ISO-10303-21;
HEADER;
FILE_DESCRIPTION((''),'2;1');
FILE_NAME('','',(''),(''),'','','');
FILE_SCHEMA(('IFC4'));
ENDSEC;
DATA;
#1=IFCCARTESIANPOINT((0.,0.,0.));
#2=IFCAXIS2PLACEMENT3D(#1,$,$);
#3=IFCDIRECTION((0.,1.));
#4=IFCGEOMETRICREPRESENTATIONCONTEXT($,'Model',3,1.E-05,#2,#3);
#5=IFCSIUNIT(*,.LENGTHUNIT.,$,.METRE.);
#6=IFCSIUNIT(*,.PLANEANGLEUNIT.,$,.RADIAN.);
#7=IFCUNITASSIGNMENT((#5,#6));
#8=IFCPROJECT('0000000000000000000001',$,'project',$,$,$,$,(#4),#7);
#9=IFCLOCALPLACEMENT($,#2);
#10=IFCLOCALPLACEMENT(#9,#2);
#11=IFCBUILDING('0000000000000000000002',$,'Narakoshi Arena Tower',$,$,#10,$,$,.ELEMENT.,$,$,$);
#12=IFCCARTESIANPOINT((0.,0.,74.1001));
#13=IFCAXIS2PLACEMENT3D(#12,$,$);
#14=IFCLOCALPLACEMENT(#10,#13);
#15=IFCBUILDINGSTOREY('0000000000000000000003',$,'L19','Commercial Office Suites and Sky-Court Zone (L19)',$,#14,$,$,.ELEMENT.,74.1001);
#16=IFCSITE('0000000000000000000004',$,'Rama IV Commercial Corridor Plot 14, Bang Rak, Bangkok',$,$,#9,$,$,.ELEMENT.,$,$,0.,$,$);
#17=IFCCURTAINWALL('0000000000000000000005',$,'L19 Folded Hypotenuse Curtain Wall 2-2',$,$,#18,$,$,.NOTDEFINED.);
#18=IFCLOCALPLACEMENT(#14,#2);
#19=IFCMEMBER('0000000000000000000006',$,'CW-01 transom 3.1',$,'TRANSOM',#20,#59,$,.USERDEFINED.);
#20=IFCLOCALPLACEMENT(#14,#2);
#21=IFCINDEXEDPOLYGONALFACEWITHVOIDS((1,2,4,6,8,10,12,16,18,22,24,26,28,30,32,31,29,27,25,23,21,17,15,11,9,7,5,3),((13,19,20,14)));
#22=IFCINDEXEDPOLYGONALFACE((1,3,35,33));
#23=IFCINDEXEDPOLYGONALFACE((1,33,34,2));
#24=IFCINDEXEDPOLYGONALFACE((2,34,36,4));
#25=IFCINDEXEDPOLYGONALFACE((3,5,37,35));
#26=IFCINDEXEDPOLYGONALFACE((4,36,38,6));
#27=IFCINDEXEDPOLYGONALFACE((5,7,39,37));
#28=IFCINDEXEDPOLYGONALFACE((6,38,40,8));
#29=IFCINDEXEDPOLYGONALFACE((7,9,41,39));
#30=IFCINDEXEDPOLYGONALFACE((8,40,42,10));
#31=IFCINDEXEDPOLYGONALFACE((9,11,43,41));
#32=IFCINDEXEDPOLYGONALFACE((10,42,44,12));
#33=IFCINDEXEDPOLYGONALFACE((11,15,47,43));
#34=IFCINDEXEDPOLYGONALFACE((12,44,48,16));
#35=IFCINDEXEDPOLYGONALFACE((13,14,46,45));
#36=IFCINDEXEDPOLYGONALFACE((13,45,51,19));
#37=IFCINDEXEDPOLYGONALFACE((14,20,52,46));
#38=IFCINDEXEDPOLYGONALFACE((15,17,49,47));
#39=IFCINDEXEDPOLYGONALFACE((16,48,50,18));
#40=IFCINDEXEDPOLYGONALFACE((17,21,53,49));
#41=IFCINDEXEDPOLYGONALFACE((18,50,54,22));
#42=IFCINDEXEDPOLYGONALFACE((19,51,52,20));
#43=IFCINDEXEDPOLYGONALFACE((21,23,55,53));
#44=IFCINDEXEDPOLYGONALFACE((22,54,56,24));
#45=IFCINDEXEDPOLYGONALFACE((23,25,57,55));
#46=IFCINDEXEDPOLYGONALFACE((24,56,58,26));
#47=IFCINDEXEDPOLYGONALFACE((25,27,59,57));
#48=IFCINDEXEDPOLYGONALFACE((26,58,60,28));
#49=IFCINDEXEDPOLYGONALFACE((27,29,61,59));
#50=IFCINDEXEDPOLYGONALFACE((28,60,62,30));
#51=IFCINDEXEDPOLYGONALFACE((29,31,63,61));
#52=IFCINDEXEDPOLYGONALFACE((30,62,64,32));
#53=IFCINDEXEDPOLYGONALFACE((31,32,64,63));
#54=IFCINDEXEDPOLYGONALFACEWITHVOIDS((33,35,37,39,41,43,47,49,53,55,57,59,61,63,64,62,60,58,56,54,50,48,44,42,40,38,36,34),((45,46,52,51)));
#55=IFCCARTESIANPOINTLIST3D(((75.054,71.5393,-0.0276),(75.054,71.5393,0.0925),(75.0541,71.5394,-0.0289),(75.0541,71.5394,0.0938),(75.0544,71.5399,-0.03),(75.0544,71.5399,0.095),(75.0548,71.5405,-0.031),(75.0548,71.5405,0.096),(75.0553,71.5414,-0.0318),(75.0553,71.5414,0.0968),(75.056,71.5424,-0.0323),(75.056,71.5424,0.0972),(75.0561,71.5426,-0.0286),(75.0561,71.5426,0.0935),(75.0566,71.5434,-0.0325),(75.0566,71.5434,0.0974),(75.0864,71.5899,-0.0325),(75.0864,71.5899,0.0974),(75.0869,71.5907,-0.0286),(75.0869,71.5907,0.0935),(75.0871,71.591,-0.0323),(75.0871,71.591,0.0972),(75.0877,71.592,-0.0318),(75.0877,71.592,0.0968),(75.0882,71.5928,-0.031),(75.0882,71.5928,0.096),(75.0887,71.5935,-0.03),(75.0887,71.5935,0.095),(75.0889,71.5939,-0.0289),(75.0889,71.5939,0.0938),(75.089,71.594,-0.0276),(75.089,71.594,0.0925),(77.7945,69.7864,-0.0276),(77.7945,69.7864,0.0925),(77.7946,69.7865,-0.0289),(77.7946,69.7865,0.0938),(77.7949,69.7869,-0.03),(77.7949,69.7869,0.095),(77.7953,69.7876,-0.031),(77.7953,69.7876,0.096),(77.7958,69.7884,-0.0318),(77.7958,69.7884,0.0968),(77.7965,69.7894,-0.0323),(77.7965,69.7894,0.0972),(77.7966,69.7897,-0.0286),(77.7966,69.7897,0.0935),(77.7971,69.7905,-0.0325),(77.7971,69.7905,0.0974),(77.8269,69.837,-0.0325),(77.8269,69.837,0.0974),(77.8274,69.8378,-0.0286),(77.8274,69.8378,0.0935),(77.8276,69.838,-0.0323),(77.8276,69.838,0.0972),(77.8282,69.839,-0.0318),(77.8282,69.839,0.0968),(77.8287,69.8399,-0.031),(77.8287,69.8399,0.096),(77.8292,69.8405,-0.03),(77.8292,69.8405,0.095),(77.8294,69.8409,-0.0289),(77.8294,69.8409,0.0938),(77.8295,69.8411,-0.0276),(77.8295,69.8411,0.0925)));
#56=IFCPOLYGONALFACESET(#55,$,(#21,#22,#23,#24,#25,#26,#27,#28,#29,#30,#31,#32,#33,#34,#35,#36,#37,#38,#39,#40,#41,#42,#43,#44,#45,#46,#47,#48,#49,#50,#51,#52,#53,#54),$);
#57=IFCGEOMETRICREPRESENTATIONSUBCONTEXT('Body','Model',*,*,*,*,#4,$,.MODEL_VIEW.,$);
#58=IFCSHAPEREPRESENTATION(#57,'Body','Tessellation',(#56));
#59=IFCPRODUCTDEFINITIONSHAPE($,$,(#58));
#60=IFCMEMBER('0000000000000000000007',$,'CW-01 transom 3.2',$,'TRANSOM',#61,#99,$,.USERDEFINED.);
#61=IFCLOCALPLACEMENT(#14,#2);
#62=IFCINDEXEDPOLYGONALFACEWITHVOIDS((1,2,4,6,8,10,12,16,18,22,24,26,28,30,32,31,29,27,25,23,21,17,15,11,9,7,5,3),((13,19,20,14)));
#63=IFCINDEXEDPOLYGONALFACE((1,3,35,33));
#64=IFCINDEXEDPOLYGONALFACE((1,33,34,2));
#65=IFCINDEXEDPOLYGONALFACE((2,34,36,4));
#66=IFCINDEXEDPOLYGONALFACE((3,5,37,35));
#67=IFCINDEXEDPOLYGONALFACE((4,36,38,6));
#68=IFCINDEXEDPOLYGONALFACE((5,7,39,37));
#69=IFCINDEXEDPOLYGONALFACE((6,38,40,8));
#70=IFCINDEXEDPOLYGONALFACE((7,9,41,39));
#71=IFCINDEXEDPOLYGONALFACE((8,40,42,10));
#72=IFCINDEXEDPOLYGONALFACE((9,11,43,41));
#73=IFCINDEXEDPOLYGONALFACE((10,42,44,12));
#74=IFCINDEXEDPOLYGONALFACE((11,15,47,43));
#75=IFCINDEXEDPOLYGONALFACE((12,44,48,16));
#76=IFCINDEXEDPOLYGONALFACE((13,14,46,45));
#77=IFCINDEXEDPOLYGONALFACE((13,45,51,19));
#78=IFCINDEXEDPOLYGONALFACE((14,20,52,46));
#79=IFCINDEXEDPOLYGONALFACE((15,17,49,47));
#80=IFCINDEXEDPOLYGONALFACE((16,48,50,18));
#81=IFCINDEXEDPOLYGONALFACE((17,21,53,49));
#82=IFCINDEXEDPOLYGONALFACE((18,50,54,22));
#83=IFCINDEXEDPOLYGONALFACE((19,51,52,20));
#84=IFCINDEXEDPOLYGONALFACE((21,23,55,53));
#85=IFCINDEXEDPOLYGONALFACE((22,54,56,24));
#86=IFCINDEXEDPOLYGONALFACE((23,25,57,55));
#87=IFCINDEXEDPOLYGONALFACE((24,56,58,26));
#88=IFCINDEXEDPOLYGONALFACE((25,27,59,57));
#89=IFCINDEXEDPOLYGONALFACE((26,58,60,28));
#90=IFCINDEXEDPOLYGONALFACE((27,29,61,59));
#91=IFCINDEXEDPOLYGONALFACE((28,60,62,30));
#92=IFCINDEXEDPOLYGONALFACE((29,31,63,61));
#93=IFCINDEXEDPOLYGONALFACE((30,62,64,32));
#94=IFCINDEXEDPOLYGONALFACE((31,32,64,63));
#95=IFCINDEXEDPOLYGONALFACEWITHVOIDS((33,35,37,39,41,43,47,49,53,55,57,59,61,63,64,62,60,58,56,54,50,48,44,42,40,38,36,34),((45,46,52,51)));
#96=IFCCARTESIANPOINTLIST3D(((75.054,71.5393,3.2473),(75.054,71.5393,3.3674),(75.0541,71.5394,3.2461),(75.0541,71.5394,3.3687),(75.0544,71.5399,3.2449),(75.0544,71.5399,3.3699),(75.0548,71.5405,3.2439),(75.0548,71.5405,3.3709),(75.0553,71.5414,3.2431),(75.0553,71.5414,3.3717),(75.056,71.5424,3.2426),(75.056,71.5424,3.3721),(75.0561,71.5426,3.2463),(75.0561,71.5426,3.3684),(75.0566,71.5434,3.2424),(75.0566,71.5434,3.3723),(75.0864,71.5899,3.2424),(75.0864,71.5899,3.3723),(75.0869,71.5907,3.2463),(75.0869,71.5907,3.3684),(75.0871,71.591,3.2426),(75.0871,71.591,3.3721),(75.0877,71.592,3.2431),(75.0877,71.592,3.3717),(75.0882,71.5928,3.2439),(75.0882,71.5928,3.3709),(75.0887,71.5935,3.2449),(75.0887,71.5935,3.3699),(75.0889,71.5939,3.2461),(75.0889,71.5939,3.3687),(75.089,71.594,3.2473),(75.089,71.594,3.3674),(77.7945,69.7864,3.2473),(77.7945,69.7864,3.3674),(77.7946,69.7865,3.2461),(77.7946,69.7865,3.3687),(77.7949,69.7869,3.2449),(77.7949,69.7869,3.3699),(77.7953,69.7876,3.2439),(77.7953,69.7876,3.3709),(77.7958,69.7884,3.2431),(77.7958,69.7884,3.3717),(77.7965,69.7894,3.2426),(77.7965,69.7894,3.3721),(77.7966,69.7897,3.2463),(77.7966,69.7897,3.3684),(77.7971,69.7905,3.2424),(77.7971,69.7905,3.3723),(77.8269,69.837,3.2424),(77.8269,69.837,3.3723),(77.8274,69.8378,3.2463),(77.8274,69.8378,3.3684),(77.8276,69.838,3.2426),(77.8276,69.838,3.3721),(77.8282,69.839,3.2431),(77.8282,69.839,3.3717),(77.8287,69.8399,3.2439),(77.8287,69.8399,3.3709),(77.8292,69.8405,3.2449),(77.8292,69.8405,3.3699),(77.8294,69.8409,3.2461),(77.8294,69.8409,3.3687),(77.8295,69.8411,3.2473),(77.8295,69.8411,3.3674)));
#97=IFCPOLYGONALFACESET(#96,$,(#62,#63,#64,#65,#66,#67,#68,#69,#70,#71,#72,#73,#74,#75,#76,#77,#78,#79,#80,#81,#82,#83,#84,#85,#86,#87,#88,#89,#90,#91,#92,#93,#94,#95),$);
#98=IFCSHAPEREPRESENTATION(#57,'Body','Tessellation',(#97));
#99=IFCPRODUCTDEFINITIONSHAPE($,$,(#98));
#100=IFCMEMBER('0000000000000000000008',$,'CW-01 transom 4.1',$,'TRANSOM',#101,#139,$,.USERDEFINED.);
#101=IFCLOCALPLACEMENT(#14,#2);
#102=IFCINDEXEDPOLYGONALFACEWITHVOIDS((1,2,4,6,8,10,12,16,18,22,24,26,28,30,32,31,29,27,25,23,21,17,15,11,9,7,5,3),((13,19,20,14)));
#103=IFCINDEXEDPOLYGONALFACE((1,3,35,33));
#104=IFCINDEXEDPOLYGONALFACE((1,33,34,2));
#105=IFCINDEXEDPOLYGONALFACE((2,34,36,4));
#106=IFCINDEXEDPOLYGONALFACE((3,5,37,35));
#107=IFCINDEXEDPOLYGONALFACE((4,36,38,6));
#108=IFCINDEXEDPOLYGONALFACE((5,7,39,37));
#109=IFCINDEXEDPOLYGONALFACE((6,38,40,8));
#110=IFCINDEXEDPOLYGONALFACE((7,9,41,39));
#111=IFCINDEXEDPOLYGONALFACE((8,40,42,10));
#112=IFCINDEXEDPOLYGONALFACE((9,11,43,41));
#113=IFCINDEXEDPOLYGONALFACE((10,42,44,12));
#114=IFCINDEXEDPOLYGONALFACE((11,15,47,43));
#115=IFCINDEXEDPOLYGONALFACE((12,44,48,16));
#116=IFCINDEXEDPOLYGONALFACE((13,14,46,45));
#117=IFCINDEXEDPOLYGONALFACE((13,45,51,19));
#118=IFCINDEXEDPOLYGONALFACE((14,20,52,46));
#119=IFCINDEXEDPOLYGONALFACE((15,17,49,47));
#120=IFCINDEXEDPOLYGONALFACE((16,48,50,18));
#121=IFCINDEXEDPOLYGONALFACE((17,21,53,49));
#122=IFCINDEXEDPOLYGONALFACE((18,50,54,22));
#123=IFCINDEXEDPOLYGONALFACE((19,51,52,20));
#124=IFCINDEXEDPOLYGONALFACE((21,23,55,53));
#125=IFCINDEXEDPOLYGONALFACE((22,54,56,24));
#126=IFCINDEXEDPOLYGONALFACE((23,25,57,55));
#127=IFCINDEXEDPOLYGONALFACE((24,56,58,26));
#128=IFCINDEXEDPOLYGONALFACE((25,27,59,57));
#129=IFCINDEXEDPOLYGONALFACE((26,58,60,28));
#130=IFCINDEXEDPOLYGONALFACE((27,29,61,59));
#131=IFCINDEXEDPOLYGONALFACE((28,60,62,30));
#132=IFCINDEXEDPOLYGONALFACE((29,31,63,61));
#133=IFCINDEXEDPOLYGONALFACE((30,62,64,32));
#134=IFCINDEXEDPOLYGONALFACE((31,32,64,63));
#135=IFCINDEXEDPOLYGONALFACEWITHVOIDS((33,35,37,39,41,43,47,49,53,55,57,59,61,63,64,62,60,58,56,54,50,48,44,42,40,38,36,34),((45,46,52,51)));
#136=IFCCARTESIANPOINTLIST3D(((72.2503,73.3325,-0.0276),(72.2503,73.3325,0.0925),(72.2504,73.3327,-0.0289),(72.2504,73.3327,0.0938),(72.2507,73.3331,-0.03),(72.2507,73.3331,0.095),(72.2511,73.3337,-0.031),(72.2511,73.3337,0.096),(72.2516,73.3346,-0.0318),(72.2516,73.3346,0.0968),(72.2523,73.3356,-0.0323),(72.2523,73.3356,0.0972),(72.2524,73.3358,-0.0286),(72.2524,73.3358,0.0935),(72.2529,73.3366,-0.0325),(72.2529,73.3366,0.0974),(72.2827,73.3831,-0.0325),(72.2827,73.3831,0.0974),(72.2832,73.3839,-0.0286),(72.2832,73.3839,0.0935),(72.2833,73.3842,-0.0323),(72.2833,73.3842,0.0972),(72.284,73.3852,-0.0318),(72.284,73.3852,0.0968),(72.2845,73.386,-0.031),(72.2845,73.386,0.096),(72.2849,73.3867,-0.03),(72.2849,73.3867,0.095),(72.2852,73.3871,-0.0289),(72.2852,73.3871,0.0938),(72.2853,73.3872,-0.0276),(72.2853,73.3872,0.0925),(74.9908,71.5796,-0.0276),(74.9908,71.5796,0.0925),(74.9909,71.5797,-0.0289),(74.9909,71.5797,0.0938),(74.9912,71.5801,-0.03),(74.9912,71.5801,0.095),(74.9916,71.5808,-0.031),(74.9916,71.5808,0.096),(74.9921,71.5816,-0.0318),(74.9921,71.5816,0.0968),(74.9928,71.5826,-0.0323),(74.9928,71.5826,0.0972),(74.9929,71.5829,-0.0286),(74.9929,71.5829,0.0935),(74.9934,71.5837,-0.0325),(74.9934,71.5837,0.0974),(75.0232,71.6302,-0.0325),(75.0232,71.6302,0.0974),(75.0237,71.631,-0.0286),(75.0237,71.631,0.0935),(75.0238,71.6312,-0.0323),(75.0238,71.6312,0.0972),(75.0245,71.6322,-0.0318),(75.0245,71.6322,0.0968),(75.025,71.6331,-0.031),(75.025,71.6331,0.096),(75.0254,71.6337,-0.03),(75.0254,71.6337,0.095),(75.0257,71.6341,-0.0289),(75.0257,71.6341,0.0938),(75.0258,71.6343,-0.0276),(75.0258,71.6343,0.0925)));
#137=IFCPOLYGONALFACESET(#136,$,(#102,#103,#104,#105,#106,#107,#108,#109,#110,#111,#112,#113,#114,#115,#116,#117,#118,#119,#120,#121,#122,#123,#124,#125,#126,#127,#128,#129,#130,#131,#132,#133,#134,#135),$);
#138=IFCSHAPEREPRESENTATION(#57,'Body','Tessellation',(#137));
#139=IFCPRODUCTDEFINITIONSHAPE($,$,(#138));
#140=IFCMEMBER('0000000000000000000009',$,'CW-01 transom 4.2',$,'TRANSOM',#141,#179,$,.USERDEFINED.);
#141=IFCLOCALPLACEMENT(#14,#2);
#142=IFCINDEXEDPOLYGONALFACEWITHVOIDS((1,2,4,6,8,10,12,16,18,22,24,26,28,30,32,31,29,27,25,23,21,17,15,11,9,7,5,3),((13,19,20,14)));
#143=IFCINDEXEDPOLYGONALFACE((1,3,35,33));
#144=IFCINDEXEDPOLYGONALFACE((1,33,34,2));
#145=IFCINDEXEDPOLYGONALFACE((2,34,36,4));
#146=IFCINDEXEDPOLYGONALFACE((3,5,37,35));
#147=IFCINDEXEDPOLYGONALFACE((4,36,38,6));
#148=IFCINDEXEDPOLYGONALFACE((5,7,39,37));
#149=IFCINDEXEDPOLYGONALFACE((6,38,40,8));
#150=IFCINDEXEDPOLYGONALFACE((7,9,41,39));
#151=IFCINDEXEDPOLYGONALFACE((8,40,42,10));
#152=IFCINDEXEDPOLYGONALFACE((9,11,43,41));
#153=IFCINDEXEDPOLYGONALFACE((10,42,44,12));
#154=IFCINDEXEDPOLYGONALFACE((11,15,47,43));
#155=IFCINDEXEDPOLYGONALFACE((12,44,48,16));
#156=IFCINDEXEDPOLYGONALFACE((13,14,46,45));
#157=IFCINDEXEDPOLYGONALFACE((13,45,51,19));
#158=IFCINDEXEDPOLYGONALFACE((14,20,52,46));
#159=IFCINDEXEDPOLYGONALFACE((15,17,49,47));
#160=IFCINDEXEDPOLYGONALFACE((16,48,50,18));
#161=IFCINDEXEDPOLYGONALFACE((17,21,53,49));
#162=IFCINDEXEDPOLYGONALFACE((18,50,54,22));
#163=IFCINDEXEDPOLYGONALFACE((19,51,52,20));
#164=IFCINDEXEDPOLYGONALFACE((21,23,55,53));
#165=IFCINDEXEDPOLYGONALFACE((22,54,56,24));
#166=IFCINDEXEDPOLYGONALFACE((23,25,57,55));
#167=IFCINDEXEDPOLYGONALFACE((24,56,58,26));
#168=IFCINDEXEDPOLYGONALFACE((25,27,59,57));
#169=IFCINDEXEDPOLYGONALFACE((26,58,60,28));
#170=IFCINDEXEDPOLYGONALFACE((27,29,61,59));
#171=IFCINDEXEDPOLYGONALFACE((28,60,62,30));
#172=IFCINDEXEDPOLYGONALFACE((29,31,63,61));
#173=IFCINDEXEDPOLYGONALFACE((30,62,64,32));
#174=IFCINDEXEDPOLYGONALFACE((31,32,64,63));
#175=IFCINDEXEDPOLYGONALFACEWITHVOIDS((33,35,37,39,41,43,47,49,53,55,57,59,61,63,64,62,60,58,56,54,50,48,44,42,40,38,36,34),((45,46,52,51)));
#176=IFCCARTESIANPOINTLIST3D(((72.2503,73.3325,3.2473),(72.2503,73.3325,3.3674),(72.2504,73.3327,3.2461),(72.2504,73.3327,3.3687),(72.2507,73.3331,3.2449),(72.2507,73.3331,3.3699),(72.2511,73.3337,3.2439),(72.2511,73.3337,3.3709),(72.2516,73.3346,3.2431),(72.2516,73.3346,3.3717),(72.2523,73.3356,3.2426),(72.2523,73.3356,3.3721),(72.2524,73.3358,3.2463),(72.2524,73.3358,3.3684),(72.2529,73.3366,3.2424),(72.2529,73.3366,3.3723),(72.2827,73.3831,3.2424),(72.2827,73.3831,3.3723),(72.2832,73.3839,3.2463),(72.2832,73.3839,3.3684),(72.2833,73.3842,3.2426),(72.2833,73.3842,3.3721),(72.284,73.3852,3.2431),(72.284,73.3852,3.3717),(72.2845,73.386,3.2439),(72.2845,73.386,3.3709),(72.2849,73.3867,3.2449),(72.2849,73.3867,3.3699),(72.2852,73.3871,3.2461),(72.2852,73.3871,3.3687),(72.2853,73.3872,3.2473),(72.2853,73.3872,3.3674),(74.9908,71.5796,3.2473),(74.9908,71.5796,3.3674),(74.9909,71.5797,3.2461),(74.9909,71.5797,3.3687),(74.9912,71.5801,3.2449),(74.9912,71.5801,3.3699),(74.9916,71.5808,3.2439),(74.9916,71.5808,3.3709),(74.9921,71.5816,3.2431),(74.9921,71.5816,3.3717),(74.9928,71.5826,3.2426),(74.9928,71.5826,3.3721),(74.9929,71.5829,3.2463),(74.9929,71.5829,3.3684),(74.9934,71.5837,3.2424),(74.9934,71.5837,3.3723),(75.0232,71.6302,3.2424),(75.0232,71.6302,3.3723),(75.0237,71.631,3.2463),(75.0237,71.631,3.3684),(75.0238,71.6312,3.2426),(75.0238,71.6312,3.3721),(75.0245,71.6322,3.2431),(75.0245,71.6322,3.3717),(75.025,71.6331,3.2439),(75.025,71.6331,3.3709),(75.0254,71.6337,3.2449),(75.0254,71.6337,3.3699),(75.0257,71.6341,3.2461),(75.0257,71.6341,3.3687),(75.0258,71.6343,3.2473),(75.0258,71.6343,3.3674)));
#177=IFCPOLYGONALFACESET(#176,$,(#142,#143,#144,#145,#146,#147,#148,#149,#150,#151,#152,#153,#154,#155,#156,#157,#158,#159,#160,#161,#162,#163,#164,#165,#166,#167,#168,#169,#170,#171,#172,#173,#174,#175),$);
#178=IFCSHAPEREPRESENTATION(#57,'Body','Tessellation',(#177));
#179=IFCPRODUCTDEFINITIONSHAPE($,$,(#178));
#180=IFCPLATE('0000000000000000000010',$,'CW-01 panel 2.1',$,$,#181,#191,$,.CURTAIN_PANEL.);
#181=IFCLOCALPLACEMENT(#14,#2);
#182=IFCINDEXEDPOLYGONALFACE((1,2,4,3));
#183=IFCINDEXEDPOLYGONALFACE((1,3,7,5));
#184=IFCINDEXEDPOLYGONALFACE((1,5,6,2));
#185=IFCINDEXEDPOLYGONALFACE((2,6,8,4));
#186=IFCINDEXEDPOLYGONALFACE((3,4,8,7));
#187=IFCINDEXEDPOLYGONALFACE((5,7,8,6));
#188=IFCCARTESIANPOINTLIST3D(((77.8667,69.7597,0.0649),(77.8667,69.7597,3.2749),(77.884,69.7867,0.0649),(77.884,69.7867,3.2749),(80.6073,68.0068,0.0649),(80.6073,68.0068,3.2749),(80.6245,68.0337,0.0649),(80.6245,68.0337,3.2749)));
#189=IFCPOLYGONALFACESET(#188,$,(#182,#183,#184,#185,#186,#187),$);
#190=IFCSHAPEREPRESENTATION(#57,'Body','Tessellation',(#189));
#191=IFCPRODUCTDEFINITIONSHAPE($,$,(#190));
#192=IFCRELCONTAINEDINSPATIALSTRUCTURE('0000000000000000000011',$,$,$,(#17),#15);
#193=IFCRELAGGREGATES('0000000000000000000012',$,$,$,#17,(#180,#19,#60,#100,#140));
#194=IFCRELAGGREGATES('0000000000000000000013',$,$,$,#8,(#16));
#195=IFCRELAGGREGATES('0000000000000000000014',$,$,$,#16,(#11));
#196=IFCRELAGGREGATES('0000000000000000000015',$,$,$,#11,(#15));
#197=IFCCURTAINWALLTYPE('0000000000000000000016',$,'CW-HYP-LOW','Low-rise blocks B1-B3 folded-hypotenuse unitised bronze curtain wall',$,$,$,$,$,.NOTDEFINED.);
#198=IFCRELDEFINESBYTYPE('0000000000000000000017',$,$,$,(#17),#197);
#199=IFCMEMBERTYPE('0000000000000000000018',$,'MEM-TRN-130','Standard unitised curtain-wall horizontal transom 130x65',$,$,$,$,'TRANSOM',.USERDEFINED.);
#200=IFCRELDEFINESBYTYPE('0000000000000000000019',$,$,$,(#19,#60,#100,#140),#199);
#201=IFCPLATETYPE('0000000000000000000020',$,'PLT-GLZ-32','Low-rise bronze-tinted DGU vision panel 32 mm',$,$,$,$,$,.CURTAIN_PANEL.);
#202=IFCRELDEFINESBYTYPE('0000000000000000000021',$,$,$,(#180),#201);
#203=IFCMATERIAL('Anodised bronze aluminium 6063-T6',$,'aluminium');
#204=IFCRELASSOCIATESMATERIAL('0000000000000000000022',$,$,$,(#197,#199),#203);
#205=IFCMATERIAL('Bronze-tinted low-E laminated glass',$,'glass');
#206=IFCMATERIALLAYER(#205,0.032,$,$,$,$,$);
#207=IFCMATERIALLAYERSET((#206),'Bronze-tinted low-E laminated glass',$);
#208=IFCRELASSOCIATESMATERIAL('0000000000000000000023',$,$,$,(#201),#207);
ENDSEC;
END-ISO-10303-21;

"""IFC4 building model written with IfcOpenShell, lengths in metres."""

from ifc_helpers import new_model, si_unit, direction, frame, origin, origin_2d, place, context, subcontext, project, spatial, rectangle, hollow_rectangle, extrude, material, layer, layer_set, material_profile, profile_set, type_object, element, aggregate, save


model = new_model("IFC4")

# Units and contexts
model_context = context("Model", 3, precision=1e-05, world=origin(), true_north=direction((0.0, 1.0)))
body_context = subcontext(model_context, "Body", "Model", "MODEL_VIEW")
ifc_project = project(units=[si_unit("LENGTHUNIT", "METRE"), si_unit("PLANEANGLEUNIT", "RADIAN")], contexts=[model_context])

# Site, building, storey
site_placement = place(None, origin())
site = spatial("IfcSite", under=ifc_project, at=site_placement, Name="Rama IV Commercial Corridor Plot 14, Bang Rak, Bangkok", CompositionType="ELEMENT", RefElevation=0.0)
building_placement = place(site_placement, origin())
building = spatial("IfcBuilding", under=site, at=building_placement, Name="Narakoshi Arena Tower", CompositionType="ELEMENT")
storey_placement = place(building_placement, frame((0.0, 0.0, 74.1001)))
storey = spatial("IfcBuildingStorey", under=building, at=storey_placement, Name="L19", Description="Commercial Office Suites and Sky-Court Zone (L19)", CompositionType="ELEMENT", Elevation=74.1001)

# Curtain wall, members, plate
ifc_material_1 = material(Name="Anodised bronze aluminium 6063-T6", Category="aluminium")
curtain_wall_type = type_object("IfcCurtainWallType", Name="CW-HYP-LOW", Description="Low-rise blocks B1-B3 folded-hypotenuse unitised bronze curtain wall", PredefinedType="NOTDEFINED", material=ifc_material_1)
curtain_wall_placement = place(storey_placement, origin())
curtain_wall = element("IfcCurtainWall", 1, at=curtain_wall_placement, inside=storey, type_object=curtain_wall_type, Name="L19 Folded Hypotenuse Curtain Wall 2-2", PredefinedType="NOTDEFINED")
ifc_material_profile_1 = material_profile(ifc_material_1, hollow_rectangle(XDim=0.0649, YDim=0.1299, WallThickness=0.0039, OuterFilletRadius=0.0049, at=origin_2d()), Name="TRN130x65x4")
ifc_profile_set_1 = profile_set([ifc_material_profile_1], Name="Anodised bronze aluminium 6063-T6")
member_type_1 = type_object("IfcMemberType", Name="MEM-TRN-130", Description="Standard unitised curtain-wall horizontal transom 130x65", ElementType="TRANSOM", PredefinedType="USERDEFINED", material=ifc_profile_set_1)
member_1_placement = place(storey_placement, frame((77.812, 69.8137, 0.0325), z_axis=(-0.842408, 0.538841, 0.0), x_axis=(-0.538841, -0.842408, 0.0)))
member_1 = element("IfcMember", 2, at=member_1_placement, type_object=member_type_1, Name="CW-01 transom 3.1", ObjectType="TRANSOM", PredefinedType="USERDEFINED", context=body_context, shape_type="SweptSolid", body=[
    extrude(hollow_rectangle(XDim=0.0649, YDim=0.1299, WallThickness=0.0039, OuterFilletRadius=0.0049, at=origin_2d()), origin(), (0.0, 0.0, 1.0), 3.2532),
])
member_2_placement = place(storey_placement, frame((77.812, 69.8137, 3.3074), z_axis=(-0.842408, 0.538841, 0.0), x_axis=(-0.538841, -0.842408, 0.0)))
member_2 = element("IfcMember", 3, at=member_2_placement, type_object=member_type_1, Name="CW-01 transom 3.2", ObjectType="TRANSOM", PredefinedType="USERDEFINED", context=body_context, shape_type="SweptSolid", body=[
    extrude(hollow_rectangle(XDim=0.0649, YDim=0.1299, WallThickness=0.0039, OuterFilletRadius=0.0049, at=origin_2d()), origin(), (0.0, 0.0, 1.0), 3.2532),
])
member_3_placement = place(storey_placement, frame((75.0083, 71.6069, 0.0325), z_axis=(-0.842408, 0.538841, 0.0), x_axis=(-0.538841, -0.842408, 0.0)))
member_3 = element("IfcMember", 4, at=member_3_placement, type_object=member_type_1, Name="CW-01 transom 4.1", ObjectType="TRANSOM", PredefinedType="USERDEFINED", context=body_context, shape_type="SweptSolid", body=[
    extrude(hollow_rectangle(XDim=0.0649, YDim=0.1299, WallThickness=0.0039, OuterFilletRadius=0.0049, at=origin_2d()), origin(), (0.0, 0.0, 1.0), 3.2532),
])
member_4_placement = place(storey_placement, frame((75.0083, 71.6069, 3.3074), z_axis=(-0.842408, 0.538841, 0.0), x_axis=(-0.538841, -0.842408, 0.0)))
member_4 = element("IfcMember", 5, at=member_4_placement, type_object=member_type_1, Name="CW-01 transom 4.2", ObjectType="TRANSOM", PredefinedType="USERDEFINED", context=body_context, shape_type="SweptSolid", body=[
    extrude(hollow_rectangle(XDim=0.0649, YDim=0.1299, WallThickness=0.0039, OuterFilletRadius=0.0049, at=origin_2d()), origin(), (0.0, 0.0, 1.0), 3.2532),
])
ifc_material_2 = material(Name="Bronze-tinted low-E laminated glass", Category="glass")
ifc_layer_1 = layer(ifc_material_2, 0.032)
ifc_layer_set_1 = layer_set([ifc_layer_1], Name="Bronze-tinted low-E laminated glass")
plate_type = type_object("IfcPlateType", Name="PLT-GLZ-32", Description="Low-rise bronze-tinted DGU vision panel 32 mm", PredefinedType="CURTAIN_PANEL", material=ifc_layer_set_1)
plate_1_placement = place(storey_placement, frame((79.2456, 68.8967, 0.0649), z_axis=(0.0, 0.0, 1.0), x_axis=(-0.842415, 0.538829, 0.0)))
plate_1 = element("IfcPlate", 6, at=plate_1_placement, type_object=plate_type, Name="CW-01 panel 2.1", PredefinedType="CURTAIN_PANEL", context=body_context, shape_type="SweptSolid", body=[
    extrude(rectangle(XDim=3.2532, YDim=0.032, at=origin_2d()), origin(), (0.0, 0.0, 1.0), 3.21),
])
aggregate(curtain_wall, [plate_1, member_1, member_2, member_3, member_4])

save(model, "model.ifc")
